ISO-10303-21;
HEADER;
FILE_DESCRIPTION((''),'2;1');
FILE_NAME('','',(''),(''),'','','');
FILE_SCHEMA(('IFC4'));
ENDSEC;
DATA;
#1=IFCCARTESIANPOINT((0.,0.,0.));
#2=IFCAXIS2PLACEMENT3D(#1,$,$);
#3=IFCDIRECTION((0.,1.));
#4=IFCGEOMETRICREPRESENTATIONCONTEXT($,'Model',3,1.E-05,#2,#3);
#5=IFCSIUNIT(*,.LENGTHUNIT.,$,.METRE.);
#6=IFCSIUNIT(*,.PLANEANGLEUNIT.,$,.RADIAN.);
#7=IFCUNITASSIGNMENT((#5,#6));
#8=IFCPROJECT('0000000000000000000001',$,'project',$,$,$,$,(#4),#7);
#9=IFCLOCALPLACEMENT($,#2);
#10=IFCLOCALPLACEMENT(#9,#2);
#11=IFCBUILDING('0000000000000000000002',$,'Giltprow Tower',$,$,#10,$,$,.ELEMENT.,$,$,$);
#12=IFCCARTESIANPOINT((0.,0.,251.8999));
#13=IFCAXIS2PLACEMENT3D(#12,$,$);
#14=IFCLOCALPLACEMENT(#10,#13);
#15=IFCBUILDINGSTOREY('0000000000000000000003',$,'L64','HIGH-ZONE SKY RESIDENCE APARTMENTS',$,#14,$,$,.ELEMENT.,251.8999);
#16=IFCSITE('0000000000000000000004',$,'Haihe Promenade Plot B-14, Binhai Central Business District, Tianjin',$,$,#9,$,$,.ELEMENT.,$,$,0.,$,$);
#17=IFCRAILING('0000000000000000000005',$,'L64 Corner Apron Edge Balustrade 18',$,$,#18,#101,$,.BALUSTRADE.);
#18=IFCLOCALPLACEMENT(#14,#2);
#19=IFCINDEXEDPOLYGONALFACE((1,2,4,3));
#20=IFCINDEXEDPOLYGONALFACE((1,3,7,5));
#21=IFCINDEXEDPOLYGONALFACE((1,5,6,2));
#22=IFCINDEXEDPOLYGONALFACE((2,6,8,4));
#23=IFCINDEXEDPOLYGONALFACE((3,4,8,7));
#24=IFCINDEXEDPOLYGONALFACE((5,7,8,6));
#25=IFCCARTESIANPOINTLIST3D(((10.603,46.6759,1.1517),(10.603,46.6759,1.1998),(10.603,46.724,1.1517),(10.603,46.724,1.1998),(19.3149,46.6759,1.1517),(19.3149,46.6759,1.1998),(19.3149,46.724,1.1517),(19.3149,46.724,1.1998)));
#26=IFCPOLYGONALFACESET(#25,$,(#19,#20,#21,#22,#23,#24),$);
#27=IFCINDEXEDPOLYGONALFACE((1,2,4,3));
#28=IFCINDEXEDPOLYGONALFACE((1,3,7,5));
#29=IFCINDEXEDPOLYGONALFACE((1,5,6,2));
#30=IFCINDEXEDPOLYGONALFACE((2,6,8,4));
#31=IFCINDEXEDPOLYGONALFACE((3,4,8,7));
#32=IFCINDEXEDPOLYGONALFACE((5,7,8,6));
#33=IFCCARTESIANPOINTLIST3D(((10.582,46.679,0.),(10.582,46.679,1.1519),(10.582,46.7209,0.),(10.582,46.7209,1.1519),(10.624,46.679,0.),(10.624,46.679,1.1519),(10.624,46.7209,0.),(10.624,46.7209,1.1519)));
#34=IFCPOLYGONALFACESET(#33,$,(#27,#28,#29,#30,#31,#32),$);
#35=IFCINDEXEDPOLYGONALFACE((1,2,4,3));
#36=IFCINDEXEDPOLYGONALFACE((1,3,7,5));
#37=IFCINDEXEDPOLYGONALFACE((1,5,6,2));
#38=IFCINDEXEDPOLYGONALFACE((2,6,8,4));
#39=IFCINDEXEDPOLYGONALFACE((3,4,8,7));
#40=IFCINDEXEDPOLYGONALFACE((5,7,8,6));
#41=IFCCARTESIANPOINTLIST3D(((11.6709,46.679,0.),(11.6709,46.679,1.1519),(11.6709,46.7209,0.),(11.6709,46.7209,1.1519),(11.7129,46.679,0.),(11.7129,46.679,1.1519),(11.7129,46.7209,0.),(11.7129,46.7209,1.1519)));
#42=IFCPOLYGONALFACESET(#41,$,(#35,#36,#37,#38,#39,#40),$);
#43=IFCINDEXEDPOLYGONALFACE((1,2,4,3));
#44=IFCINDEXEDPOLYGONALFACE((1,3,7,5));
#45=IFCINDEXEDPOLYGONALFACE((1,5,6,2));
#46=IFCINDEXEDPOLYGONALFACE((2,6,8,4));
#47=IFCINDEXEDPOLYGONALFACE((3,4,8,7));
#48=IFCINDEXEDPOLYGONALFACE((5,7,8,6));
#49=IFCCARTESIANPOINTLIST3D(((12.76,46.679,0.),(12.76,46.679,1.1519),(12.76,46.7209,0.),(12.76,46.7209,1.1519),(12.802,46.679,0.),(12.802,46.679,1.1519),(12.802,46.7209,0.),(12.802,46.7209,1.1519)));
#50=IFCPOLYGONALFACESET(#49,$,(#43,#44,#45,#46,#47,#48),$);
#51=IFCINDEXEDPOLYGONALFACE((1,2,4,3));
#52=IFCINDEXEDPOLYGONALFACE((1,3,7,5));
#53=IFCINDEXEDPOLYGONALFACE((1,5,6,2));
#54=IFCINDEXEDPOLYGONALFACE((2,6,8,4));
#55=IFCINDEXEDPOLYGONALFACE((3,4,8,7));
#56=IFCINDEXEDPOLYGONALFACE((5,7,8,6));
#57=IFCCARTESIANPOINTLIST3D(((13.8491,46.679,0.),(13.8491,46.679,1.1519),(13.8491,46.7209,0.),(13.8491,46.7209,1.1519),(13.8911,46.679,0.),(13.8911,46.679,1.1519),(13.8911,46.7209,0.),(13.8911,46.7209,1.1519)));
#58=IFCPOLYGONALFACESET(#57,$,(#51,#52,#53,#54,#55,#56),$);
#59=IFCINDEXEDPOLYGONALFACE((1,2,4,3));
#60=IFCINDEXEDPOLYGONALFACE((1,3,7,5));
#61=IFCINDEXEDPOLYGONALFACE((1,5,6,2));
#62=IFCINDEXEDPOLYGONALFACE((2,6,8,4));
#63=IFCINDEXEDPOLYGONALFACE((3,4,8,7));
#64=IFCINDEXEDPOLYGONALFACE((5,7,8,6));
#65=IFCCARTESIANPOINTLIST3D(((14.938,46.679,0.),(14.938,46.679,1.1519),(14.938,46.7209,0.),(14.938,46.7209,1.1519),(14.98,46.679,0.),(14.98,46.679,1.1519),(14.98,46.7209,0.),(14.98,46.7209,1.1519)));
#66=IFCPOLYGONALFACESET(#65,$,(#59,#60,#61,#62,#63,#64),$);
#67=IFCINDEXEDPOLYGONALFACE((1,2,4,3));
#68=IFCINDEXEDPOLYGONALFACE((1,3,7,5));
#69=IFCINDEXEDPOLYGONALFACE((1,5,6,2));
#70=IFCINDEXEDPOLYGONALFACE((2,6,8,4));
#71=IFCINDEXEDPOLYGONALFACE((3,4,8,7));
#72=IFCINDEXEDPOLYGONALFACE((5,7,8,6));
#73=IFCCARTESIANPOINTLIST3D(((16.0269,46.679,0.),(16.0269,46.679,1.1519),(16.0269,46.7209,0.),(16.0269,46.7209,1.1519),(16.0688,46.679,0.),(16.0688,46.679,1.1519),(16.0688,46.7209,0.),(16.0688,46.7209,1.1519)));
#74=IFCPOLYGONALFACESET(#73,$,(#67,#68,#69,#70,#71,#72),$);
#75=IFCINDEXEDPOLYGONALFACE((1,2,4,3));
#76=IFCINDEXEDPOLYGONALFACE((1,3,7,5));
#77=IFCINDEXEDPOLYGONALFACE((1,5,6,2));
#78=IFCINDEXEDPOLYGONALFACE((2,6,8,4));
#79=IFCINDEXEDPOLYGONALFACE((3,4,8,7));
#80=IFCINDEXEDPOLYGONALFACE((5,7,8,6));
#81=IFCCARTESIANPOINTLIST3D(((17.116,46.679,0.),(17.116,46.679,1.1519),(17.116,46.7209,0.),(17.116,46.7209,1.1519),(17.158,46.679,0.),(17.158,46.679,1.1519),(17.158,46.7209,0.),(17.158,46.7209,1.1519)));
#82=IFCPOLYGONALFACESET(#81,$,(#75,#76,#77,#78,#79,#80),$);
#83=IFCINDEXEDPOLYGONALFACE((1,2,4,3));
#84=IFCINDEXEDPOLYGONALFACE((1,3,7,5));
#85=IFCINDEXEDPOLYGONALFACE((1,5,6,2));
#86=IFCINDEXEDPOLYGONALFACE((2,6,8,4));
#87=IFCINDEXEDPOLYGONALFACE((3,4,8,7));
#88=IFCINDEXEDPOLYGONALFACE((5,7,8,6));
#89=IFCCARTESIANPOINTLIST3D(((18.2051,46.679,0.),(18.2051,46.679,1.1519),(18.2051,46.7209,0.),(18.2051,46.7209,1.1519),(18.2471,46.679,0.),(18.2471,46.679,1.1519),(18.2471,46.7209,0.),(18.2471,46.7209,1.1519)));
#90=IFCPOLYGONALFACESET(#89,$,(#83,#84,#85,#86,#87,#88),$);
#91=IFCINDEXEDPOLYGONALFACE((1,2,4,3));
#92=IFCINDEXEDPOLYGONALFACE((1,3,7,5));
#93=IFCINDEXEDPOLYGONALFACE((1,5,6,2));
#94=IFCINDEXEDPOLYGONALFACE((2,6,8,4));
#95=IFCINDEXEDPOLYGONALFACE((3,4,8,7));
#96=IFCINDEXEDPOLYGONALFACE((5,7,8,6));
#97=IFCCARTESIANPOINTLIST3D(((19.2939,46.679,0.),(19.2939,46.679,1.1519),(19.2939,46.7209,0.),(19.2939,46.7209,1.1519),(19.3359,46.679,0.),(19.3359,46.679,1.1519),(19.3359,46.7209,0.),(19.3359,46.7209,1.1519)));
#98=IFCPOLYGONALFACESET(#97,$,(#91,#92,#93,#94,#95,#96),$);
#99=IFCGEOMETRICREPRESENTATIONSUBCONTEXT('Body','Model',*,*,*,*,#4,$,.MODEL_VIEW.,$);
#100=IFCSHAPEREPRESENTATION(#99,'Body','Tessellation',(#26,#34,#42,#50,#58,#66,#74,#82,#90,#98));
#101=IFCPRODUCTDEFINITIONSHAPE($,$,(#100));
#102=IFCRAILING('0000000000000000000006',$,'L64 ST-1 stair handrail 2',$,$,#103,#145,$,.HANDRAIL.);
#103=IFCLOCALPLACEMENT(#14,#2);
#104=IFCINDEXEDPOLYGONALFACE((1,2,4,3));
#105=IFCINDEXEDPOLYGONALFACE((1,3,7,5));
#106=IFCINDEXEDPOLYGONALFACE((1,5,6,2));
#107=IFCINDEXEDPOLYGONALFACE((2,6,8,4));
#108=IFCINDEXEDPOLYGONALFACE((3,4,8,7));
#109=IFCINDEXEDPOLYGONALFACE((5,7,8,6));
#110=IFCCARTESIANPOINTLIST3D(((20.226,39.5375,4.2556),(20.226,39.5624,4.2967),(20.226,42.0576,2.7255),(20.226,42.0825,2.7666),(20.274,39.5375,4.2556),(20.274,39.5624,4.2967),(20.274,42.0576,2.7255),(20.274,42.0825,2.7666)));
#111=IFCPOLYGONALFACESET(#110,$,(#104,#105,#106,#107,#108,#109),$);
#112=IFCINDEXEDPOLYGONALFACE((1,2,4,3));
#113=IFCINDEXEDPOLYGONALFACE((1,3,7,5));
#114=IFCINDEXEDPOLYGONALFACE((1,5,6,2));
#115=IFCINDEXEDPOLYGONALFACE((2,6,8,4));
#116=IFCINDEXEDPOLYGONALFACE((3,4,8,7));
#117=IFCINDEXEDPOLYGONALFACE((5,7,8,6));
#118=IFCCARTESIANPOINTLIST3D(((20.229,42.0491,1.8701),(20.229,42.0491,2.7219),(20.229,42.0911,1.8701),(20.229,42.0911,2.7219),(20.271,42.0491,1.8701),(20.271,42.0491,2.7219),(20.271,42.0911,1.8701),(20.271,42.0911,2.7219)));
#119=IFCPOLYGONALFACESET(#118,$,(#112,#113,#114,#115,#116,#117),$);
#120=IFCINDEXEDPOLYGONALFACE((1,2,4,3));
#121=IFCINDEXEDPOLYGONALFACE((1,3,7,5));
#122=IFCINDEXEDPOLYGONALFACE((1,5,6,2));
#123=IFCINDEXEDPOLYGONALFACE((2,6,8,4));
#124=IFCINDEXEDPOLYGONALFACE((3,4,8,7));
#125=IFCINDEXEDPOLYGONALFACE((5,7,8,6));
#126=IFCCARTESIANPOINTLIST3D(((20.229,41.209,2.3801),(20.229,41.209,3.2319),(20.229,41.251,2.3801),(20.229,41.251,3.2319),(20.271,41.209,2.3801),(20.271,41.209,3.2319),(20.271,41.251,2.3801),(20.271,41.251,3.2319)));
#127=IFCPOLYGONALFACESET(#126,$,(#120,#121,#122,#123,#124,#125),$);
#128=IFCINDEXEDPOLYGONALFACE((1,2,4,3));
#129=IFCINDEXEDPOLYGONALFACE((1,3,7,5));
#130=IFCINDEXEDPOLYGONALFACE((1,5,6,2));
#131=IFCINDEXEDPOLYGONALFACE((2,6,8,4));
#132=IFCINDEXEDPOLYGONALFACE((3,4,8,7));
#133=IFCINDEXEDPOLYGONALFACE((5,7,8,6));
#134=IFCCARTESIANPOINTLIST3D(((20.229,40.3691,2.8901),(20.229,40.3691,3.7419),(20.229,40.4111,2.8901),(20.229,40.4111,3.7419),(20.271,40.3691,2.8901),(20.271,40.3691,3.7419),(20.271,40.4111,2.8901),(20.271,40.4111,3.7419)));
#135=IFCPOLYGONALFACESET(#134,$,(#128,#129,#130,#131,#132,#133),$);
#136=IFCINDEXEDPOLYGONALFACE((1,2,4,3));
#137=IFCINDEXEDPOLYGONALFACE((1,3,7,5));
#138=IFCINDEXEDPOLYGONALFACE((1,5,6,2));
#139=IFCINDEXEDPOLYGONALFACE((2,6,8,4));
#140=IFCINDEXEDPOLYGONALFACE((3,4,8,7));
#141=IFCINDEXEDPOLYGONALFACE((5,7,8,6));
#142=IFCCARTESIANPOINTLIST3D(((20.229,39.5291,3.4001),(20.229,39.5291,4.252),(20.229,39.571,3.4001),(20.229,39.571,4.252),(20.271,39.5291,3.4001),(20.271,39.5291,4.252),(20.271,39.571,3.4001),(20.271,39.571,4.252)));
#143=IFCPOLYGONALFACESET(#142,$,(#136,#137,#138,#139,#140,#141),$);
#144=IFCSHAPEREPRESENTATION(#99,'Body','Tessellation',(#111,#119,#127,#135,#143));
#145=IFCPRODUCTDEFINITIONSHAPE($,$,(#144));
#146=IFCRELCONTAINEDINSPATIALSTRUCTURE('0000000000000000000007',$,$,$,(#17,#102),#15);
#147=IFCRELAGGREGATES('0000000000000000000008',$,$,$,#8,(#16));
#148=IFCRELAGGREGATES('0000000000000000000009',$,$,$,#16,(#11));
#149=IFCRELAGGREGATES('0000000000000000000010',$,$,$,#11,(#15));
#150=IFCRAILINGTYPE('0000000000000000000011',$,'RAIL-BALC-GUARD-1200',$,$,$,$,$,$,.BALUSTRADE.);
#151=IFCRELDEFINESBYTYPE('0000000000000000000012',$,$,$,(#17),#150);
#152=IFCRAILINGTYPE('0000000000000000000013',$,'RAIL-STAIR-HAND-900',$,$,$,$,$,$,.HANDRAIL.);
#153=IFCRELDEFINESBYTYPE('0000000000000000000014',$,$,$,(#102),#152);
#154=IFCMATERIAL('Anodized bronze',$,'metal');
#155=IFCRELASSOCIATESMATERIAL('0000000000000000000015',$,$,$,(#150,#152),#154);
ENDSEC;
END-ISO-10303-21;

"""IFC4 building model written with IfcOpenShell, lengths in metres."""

from ifc_helpers import new_model, si_unit, direction, frame, origin, origin_2d, place, context, subcontext, project, spatial, rectangle, extrude, material, type_object, element, save


model = new_model("IFC4")

# Units and contexts
model_context = context("Model", 3, precision=1e-05, world=origin(), true_north=direction((0.0, 1.0)))
body_context = subcontext(model_context, "Body", "Model", "MODEL_VIEW")
ifc_project = project(units=[si_unit("LENGTHUNIT", "METRE"), si_unit("PLANEANGLEUNIT", "RADIAN")], contexts=[model_context])

# Site, building, storey
site_placement = place(None, origin())
site = spatial("IfcSite", under=ifc_project, at=site_placement, Name="Haihe Promenade Plot B-14, Binhai Central Business District, Tianjin", CompositionType="ELEMENT", RefElevation=0.0)
building_placement = place(site_placement, origin())
building = spatial("IfcBuilding", under=site, at=building_placement, Name="Giltprow Tower", CompositionType="ELEMENT")
storey_placement = place(building_placement, frame((0.0, 0.0, 251.8999)))
storey = spatial("IfcBuildingStorey", under=building, at=storey_placement, Name="L64", Description="HIGH-ZONE SKY RESIDENCE APARTMENTS", CompositionType="ELEMENT", Elevation=251.8999)

# Railings
ifc_material_1 = material(Name="Anodized bronze", Category="metal")
railing_type_1 = type_object("IfcRailingType", Name="RAIL-BALC-GUARD-1200", PredefinedType="BALUSTRADE", material=ifc_material_1)
railing_1_placement = place(storey_placement, frame((10.603, 46.7, 0.0)))
element("IfcRailing", 1, at=railing_1_placement, inside=storey, type_object=railing_type_1, Name="L64 Corner Apron Edge Balustrade 18", PredefinedType="BALUSTRADE", context=body_context, shape_type="SweptSolid", body=[
    extrude(rectangle(XDim=0.0481, YDim=0.0481, at=origin_2d()), frame((0.0, 0.0, 1.1758), z_axis=(1.0, 0.0, 0.0), x_axis=(0.0, 1.0, 0.0)), (0.0, 0.0, 1.0), 8.7119),
    extrude(rectangle(XDim=0.042, YDim=0.042, at=origin_2d()), origin(), (0.0, 0.0, 1.0), 1.1519),
    extrude(rectangle(XDim=0.042, YDim=0.042, at=origin_2d()), frame((1.0889, 0.0, 0.0)), (0.0, 0.0, 1.0), 1.1519),
    extrude(rectangle(XDim=0.042, YDim=0.042, at=origin_2d()), frame((2.178, 0.0, 0.0)), (0.0, 0.0, 1.0), 1.1519),
    extrude(rectangle(XDim=0.042, YDim=0.042, at=origin_2d()), frame((3.2671, 0.0, 0.0)), (0.0, 0.0, 1.0), 1.1519),
    extrude(rectangle(XDim=0.042, YDim=0.042, at=origin_2d()), frame((4.356, 0.0, 0.0)), (0.0, 0.0, 1.0), 1.1519),
    extrude(rectangle(XDim=0.042, YDim=0.042, at=origin_2d()), frame((5.4448, 0.0, 0.0)), (0.0, 0.0, 1.0), 1.1519),
    extrude(rectangle(XDim=0.042, YDim=0.042, at=origin_2d()), frame((6.5339, 0.0, 0.0)), (0.0, 0.0, 1.0), 1.1519),
    extrude(rectangle(XDim=0.042, YDim=0.042, at=origin_2d()), frame((7.623, 0.0, 0.0)), (0.0, 0.0, 1.0), 1.1519),
    extrude(rectangle(XDim=0.042, YDim=0.042, at=origin_2d()), frame((8.7119, 0.0, 0.0)), (0.0, 0.0, 1.0), 1.1519),
])
railing_type_2 = type_object("IfcRailingType", Name="RAIL-STAIR-HAND-900", PredefinedType="HANDRAIL", material=ifc_material_1)
railing_2_placement = place(storey_placement, frame((20.25, 42.0701, 1.8701)))
element("IfcRailing", 2, at=railing_2_placement, inside=storey, type_object=railing_type_2, Name="L64 ST-1 stair handrail 2", PredefinedType="HANDRAIL", context=body_context, shape_type="SweptSolid", body=[
    extrude(rectangle(XDim=0.0481, YDim=0.0481, at=origin_2d()), frame((0.0, 0.0, 0.876), z_axis=(0.0, -0.854785, 0.518982), x_axis=(1.0, 0.0, 0.0)), (0.0, 0.0, 1.0), 2.9482),
    extrude(rectangle(XDim=0.042, YDim=0.042, at=origin_2d()), origin(), (0.0, 0.0, 1.0), 0.8518),
    extrude(rectangle(XDim=0.042, YDim=0.042, at=origin_2d()), frame((0.0, -0.8401, 0.51)), (0.0, 0.0, 1.0), 0.8518),
    extrude(rectangle(XDim=0.042, YDim=0.042, at=origin_2d()), frame((0.0, -1.6799, 1.02)), (0.0, 0.0, 1.0), 0.8518),
    extrude(rectangle(XDim=0.042, YDim=0.042, at=origin_2d()), frame((0.0, -2.52, 1.53)), (0.0, 0.0, 1.0), 0.8518),
])

save(model, "model.ifc")
